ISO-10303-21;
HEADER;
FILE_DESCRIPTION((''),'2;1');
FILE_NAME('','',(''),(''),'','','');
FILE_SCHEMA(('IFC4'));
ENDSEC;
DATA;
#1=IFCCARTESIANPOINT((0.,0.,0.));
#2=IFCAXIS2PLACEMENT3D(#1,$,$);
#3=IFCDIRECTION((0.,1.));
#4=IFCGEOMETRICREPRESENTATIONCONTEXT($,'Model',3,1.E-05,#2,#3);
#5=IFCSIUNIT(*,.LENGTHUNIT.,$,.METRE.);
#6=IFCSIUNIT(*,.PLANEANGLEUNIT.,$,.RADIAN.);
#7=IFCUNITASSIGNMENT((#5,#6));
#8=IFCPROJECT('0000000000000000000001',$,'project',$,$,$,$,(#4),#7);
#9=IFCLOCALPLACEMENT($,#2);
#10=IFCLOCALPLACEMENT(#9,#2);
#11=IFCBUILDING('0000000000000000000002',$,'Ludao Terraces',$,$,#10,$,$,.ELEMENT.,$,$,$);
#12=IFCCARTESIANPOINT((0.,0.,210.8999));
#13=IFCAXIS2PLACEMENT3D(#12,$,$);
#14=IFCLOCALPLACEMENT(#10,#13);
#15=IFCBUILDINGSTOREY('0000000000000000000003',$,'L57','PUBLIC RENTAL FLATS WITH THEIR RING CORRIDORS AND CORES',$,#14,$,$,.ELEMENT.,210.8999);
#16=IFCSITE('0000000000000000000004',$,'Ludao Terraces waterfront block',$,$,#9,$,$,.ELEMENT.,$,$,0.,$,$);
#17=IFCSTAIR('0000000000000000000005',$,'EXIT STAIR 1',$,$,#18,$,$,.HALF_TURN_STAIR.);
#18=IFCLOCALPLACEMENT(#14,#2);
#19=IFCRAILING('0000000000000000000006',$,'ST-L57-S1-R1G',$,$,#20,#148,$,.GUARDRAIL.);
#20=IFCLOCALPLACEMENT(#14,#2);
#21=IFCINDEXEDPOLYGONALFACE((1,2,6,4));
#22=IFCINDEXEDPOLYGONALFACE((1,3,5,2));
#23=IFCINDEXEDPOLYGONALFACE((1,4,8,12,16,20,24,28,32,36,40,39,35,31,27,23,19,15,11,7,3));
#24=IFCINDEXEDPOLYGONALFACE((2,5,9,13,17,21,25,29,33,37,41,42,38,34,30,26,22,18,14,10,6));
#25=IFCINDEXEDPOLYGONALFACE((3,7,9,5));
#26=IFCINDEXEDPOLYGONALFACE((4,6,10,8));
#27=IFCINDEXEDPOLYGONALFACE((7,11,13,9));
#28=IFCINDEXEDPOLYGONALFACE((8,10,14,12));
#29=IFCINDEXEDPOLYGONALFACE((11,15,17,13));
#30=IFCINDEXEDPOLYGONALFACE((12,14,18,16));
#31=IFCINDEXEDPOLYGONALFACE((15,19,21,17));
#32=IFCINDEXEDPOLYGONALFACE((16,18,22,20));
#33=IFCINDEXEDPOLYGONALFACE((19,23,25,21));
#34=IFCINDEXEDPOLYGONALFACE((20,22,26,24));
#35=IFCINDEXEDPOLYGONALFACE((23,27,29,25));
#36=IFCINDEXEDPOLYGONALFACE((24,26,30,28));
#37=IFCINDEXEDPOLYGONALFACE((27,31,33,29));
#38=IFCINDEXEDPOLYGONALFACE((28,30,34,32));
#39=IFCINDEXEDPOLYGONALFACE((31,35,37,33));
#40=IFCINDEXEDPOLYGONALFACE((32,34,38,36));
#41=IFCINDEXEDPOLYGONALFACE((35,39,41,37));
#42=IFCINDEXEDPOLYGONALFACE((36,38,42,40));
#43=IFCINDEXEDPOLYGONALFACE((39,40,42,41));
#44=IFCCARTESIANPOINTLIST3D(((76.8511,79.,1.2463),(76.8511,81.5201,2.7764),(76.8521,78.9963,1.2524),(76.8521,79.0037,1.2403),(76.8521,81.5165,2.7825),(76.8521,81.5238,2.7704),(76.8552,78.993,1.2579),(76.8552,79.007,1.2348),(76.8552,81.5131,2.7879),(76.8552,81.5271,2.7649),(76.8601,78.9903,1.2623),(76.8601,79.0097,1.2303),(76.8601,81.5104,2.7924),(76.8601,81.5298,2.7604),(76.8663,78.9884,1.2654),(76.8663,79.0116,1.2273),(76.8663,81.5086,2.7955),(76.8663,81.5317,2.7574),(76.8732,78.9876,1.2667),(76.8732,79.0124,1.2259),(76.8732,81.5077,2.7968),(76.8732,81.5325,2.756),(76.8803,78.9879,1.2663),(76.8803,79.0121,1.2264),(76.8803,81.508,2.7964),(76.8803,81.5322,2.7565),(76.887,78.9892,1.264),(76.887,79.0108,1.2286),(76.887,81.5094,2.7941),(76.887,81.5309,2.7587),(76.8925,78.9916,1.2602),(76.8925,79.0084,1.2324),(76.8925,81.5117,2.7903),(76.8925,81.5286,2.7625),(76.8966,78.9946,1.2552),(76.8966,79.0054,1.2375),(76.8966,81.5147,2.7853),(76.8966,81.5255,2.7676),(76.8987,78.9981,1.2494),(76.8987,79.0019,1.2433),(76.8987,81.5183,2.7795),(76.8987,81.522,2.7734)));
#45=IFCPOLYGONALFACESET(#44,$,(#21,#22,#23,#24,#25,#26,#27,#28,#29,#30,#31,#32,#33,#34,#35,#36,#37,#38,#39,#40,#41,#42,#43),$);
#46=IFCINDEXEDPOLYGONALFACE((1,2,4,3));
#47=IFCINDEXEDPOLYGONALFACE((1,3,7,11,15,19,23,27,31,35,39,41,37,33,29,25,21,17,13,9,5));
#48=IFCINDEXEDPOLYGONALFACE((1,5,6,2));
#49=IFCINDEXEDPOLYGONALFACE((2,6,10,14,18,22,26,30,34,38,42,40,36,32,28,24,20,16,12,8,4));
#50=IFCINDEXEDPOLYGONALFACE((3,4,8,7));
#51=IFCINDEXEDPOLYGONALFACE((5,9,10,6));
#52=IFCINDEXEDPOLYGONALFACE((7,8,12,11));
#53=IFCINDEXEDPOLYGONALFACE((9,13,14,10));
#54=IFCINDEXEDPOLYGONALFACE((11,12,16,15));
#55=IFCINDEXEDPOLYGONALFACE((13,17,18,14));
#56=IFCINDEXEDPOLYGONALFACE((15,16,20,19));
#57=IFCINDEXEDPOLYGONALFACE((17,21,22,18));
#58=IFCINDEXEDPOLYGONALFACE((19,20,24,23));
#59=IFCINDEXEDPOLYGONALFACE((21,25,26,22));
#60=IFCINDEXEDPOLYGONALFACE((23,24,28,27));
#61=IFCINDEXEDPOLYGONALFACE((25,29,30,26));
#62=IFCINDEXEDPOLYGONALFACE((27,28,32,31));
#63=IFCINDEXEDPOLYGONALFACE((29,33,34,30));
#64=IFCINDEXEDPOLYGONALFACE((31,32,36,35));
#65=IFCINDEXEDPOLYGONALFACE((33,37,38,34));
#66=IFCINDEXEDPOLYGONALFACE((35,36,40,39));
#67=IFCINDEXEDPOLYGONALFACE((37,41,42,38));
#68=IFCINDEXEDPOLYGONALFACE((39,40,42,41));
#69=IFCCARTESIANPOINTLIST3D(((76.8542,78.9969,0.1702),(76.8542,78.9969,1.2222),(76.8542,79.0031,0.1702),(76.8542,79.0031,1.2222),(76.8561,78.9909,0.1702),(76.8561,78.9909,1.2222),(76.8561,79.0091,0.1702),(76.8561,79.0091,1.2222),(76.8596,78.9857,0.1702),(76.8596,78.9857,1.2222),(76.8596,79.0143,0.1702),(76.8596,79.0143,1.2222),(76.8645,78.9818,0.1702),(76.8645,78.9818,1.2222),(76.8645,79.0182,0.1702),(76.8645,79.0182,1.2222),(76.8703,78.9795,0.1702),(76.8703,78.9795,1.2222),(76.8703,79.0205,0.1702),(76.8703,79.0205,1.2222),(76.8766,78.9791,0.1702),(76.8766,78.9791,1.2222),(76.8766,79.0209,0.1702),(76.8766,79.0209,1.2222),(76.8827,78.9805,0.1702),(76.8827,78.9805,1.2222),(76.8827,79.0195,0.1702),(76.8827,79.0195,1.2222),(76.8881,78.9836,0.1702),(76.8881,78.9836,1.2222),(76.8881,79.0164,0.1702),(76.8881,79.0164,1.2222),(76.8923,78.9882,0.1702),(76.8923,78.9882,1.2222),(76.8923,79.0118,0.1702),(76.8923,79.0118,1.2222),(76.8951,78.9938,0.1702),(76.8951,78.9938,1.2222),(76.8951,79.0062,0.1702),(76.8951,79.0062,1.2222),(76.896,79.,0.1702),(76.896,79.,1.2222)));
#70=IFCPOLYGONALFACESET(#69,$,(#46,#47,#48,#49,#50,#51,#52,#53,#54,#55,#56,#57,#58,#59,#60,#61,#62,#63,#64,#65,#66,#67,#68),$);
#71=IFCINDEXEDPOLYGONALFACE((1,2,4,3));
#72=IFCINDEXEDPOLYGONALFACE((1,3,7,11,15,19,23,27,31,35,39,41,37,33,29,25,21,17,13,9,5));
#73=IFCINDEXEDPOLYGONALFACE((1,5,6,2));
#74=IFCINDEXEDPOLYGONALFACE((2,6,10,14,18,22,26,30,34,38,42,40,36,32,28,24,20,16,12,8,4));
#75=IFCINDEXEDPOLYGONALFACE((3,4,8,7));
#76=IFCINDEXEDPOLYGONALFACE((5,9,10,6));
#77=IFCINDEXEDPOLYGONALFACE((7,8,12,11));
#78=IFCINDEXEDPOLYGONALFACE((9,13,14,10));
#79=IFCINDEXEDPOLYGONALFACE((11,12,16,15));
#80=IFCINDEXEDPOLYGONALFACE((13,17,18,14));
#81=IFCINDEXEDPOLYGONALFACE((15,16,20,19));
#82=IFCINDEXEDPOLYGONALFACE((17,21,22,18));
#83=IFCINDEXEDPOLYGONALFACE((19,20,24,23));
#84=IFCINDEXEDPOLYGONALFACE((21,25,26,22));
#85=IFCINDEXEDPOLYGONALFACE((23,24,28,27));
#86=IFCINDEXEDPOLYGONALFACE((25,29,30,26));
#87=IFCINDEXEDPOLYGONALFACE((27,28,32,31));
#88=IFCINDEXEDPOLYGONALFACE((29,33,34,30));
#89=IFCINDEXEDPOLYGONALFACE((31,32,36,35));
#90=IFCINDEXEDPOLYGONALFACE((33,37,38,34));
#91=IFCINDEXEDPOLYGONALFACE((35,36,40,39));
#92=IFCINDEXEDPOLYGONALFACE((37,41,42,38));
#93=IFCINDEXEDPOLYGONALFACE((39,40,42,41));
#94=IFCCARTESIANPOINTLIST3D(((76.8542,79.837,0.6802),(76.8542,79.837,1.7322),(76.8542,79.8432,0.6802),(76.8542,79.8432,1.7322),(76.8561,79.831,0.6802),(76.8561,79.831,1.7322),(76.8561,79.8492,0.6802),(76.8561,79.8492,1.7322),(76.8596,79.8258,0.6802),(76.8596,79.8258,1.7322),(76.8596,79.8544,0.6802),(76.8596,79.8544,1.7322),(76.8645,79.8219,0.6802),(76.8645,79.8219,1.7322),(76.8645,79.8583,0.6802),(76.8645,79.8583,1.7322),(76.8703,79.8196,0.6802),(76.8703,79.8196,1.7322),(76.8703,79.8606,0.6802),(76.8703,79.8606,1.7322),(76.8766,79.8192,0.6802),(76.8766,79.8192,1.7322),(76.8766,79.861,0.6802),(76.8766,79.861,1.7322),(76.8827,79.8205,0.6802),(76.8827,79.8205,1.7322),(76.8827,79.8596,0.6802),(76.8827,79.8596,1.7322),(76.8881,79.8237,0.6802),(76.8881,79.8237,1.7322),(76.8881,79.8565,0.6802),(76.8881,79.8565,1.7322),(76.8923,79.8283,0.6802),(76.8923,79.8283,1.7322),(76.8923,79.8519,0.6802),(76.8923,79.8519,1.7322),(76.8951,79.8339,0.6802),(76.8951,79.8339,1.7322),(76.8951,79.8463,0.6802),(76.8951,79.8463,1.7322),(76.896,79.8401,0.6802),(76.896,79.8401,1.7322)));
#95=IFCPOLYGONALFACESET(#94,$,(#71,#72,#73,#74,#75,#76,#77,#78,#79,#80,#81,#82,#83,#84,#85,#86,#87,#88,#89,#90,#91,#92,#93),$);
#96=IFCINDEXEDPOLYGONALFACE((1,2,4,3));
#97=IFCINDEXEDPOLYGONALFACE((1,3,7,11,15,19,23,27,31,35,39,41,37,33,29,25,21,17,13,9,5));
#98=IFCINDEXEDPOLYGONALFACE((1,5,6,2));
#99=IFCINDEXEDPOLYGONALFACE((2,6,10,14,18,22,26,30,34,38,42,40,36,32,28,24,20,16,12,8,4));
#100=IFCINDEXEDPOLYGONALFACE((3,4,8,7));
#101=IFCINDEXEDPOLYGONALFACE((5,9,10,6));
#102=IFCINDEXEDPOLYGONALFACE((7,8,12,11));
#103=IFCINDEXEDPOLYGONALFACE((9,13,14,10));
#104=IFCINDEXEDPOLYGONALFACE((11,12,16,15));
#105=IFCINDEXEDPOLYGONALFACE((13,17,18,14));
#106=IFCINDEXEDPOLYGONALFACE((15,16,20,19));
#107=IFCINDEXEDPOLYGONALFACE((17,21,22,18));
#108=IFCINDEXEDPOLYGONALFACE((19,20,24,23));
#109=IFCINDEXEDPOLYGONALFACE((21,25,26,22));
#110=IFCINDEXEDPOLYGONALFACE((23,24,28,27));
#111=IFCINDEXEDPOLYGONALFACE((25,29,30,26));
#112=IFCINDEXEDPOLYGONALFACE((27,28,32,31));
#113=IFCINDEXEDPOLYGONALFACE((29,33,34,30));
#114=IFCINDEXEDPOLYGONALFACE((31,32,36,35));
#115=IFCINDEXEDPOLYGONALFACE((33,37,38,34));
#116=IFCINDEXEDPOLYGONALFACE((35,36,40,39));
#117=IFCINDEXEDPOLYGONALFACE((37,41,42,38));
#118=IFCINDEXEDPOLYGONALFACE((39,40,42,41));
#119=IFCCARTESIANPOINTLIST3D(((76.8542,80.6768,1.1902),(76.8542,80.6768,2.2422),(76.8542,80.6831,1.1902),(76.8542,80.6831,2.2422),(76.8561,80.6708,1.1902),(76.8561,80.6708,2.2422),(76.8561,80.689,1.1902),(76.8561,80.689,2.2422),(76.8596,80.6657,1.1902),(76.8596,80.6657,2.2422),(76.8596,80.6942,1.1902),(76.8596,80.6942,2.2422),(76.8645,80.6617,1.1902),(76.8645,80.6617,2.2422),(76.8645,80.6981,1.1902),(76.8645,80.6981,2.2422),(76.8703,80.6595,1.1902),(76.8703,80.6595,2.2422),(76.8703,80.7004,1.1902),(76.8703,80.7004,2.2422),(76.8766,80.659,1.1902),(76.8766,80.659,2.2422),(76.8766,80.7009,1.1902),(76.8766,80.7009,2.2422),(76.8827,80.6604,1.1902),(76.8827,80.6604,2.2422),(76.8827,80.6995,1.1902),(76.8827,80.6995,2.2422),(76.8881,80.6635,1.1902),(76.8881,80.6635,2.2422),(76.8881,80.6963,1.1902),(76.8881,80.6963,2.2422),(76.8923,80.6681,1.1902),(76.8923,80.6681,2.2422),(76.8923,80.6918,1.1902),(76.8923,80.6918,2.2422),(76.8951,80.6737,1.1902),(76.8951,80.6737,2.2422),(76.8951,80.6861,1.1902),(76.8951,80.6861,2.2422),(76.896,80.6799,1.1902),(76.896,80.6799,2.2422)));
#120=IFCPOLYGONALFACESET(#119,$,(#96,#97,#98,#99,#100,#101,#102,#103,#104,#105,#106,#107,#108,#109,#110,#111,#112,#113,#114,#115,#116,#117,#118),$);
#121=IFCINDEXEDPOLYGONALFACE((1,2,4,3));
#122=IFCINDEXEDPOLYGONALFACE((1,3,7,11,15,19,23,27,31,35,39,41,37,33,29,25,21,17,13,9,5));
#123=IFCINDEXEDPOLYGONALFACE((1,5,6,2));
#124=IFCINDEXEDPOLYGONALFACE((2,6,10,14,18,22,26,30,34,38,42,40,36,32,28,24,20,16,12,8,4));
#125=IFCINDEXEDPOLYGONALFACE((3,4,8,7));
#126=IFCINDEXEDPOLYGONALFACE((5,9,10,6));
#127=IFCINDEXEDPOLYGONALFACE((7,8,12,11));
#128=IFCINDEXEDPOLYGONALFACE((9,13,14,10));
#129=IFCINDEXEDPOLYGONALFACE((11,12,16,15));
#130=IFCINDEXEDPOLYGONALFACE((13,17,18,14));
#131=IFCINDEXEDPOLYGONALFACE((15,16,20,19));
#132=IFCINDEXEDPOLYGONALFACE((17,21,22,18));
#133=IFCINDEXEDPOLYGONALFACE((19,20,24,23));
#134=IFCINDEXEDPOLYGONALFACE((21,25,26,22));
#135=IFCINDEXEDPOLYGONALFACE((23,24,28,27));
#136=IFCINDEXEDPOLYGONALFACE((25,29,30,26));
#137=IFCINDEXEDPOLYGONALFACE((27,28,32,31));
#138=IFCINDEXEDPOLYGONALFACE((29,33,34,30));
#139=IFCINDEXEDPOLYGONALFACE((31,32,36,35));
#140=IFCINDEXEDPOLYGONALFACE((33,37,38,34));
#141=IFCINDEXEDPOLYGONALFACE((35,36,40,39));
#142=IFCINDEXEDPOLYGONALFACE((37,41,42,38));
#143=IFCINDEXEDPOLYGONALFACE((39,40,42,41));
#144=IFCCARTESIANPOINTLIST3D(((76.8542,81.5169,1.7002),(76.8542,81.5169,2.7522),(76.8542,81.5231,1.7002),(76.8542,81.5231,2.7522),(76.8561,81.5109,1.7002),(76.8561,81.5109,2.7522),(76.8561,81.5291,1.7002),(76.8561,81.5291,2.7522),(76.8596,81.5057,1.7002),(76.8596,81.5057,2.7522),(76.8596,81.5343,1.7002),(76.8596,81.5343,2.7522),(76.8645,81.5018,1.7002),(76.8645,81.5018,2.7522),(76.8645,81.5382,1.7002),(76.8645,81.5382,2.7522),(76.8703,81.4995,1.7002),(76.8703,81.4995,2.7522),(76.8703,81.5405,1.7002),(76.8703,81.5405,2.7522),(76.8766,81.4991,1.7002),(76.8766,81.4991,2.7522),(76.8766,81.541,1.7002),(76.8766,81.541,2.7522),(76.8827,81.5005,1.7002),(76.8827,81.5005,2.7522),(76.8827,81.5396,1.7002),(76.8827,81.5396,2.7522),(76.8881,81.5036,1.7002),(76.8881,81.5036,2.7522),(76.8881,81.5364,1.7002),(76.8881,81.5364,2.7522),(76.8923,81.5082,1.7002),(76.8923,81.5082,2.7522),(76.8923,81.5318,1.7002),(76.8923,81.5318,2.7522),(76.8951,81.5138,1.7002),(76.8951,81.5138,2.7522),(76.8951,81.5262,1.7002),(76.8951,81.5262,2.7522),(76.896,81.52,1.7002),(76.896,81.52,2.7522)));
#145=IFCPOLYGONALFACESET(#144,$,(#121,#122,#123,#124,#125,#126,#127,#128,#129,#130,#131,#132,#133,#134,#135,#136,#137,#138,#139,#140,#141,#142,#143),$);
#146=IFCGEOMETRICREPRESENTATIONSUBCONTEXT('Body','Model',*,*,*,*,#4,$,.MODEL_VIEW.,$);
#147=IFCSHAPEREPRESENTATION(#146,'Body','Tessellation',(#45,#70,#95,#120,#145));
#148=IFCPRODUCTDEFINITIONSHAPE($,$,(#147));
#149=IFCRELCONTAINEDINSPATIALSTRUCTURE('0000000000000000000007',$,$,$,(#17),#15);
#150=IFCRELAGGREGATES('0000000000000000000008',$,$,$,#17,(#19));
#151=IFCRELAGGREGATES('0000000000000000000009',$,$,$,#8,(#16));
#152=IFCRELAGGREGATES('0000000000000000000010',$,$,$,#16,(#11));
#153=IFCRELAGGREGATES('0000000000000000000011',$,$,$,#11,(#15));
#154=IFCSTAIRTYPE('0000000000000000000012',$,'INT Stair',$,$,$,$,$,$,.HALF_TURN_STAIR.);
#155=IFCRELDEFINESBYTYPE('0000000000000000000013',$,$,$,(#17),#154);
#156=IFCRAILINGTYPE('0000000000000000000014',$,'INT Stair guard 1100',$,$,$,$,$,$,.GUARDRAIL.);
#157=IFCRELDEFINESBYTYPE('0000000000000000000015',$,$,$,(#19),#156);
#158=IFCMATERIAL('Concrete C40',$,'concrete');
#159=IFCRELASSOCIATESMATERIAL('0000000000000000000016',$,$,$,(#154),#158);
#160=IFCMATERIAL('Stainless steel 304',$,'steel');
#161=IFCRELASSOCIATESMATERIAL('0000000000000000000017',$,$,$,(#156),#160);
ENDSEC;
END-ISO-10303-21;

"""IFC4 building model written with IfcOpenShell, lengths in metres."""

from ifc_helpers import new_model, si_unit, direction, frame, origin, origin_2d, place, context, subcontext, project, spatial, circle, extrude, material, type_object, element, aggregate, save


model = new_model("IFC4")

# Units and contexts
model_context = context("Model", 3, precision=1e-05, world=origin(), true_north=direction((0.0, 1.0)))
body_context = subcontext(model_context, "Body", "Model", "MODEL_VIEW")
ifc_project = project(units=[si_unit("LENGTHUNIT", "METRE"), si_unit("PLANEANGLEUNIT", "RADIAN")], contexts=[model_context])

# Site, building, storey
site_placement = place(None, origin())
site = spatial("IfcSite", under=ifc_project, at=site_placement, Name="Ludao Terraces waterfront block", CompositionType="ELEMENT", RefElevation=0.0)
building_placement = place(site_placement, origin())
building = spatial("IfcBuilding", under=site, at=building_placement, Name="Ludao Terraces", CompositionType="ELEMENT")
storey_placement = place(building_placement, frame((0.0, 0.0, 210.8999)))
storey = spatial("IfcBuildingStorey", under=building, at=storey_placement, Name="L57", Description="PUBLIC RENTAL FLATS WITH THEIR RING CORRIDORS AND CORES", CompositionType="ELEMENT", Elevation=210.8999)

# Shared definitions
ifc_material_1 = material(Name="Concrete C40", Category="concrete")

# Stair, railing
stair_type = type_object("IfcStairType", Name="INT Stair", PredefinedType="HALF_TURN_STAIR", material=ifc_material_1)
stair_placement = place(storey_placement, origin())
stair = element("IfcStair", 1, at=stair_placement, inside=storey, type_object=stair_type, Name="EXIT STAIR 1", PredefinedType="HALF_TURN_STAIR")
ifc_material_2 = material(Name="Stainless steel 304", Category="steel")
railing_type_1 = type_object("IfcRailingType", Name="INT Stair guard 1100", PredefinedType="GUARDRAIL", material=ifc_material_2)
railing_1_placement = place(storey_placement, frame((76.875, 79.0, 0.1702)))
railing_1 = element("IfcRailing", 2, at=railing_1_placement, type_object=railing_type_1, Name="ST-L57-S1-R1G", PredefinedType="GUARDRAIL", context=body_context, shape_type="SweptSolid", body=[
    extrude(circle(Radius=0.0239, at=origin_2d()), frame((0.0, 0.0, 1.0762), z_axis=(0.0, 0.854785, 0.518982), x_axis=(-1.0, 0.0, 0.0)), (0.0, 0.0, 1.0), 2.9482),
    extrude(circle(Radius=0.021, at=origin_2d()), origin(), (0.0, 0.0, 1.0), 1.052),
    extrude(circle(Radius=0.021, at=origin_2d()), frame((0.0, 0.8401, 0.51)), (0.0, 0.0, 1.0), 1.052),
    extrude(circle(Radius=0.021, at=origin_2d()), frame((0.0, 1.6799, 1.02)), (0.0, 0.0, 1.0), 1.052),
    extrude(circle(Radius=0.021, at=origin_2d()), frame((0.0, 2.52, 1.53)), (0.0, 0.0, 1.0), 1.052),
])
aggregate(stair, [railing_1])

save(model, "model.ifc")
